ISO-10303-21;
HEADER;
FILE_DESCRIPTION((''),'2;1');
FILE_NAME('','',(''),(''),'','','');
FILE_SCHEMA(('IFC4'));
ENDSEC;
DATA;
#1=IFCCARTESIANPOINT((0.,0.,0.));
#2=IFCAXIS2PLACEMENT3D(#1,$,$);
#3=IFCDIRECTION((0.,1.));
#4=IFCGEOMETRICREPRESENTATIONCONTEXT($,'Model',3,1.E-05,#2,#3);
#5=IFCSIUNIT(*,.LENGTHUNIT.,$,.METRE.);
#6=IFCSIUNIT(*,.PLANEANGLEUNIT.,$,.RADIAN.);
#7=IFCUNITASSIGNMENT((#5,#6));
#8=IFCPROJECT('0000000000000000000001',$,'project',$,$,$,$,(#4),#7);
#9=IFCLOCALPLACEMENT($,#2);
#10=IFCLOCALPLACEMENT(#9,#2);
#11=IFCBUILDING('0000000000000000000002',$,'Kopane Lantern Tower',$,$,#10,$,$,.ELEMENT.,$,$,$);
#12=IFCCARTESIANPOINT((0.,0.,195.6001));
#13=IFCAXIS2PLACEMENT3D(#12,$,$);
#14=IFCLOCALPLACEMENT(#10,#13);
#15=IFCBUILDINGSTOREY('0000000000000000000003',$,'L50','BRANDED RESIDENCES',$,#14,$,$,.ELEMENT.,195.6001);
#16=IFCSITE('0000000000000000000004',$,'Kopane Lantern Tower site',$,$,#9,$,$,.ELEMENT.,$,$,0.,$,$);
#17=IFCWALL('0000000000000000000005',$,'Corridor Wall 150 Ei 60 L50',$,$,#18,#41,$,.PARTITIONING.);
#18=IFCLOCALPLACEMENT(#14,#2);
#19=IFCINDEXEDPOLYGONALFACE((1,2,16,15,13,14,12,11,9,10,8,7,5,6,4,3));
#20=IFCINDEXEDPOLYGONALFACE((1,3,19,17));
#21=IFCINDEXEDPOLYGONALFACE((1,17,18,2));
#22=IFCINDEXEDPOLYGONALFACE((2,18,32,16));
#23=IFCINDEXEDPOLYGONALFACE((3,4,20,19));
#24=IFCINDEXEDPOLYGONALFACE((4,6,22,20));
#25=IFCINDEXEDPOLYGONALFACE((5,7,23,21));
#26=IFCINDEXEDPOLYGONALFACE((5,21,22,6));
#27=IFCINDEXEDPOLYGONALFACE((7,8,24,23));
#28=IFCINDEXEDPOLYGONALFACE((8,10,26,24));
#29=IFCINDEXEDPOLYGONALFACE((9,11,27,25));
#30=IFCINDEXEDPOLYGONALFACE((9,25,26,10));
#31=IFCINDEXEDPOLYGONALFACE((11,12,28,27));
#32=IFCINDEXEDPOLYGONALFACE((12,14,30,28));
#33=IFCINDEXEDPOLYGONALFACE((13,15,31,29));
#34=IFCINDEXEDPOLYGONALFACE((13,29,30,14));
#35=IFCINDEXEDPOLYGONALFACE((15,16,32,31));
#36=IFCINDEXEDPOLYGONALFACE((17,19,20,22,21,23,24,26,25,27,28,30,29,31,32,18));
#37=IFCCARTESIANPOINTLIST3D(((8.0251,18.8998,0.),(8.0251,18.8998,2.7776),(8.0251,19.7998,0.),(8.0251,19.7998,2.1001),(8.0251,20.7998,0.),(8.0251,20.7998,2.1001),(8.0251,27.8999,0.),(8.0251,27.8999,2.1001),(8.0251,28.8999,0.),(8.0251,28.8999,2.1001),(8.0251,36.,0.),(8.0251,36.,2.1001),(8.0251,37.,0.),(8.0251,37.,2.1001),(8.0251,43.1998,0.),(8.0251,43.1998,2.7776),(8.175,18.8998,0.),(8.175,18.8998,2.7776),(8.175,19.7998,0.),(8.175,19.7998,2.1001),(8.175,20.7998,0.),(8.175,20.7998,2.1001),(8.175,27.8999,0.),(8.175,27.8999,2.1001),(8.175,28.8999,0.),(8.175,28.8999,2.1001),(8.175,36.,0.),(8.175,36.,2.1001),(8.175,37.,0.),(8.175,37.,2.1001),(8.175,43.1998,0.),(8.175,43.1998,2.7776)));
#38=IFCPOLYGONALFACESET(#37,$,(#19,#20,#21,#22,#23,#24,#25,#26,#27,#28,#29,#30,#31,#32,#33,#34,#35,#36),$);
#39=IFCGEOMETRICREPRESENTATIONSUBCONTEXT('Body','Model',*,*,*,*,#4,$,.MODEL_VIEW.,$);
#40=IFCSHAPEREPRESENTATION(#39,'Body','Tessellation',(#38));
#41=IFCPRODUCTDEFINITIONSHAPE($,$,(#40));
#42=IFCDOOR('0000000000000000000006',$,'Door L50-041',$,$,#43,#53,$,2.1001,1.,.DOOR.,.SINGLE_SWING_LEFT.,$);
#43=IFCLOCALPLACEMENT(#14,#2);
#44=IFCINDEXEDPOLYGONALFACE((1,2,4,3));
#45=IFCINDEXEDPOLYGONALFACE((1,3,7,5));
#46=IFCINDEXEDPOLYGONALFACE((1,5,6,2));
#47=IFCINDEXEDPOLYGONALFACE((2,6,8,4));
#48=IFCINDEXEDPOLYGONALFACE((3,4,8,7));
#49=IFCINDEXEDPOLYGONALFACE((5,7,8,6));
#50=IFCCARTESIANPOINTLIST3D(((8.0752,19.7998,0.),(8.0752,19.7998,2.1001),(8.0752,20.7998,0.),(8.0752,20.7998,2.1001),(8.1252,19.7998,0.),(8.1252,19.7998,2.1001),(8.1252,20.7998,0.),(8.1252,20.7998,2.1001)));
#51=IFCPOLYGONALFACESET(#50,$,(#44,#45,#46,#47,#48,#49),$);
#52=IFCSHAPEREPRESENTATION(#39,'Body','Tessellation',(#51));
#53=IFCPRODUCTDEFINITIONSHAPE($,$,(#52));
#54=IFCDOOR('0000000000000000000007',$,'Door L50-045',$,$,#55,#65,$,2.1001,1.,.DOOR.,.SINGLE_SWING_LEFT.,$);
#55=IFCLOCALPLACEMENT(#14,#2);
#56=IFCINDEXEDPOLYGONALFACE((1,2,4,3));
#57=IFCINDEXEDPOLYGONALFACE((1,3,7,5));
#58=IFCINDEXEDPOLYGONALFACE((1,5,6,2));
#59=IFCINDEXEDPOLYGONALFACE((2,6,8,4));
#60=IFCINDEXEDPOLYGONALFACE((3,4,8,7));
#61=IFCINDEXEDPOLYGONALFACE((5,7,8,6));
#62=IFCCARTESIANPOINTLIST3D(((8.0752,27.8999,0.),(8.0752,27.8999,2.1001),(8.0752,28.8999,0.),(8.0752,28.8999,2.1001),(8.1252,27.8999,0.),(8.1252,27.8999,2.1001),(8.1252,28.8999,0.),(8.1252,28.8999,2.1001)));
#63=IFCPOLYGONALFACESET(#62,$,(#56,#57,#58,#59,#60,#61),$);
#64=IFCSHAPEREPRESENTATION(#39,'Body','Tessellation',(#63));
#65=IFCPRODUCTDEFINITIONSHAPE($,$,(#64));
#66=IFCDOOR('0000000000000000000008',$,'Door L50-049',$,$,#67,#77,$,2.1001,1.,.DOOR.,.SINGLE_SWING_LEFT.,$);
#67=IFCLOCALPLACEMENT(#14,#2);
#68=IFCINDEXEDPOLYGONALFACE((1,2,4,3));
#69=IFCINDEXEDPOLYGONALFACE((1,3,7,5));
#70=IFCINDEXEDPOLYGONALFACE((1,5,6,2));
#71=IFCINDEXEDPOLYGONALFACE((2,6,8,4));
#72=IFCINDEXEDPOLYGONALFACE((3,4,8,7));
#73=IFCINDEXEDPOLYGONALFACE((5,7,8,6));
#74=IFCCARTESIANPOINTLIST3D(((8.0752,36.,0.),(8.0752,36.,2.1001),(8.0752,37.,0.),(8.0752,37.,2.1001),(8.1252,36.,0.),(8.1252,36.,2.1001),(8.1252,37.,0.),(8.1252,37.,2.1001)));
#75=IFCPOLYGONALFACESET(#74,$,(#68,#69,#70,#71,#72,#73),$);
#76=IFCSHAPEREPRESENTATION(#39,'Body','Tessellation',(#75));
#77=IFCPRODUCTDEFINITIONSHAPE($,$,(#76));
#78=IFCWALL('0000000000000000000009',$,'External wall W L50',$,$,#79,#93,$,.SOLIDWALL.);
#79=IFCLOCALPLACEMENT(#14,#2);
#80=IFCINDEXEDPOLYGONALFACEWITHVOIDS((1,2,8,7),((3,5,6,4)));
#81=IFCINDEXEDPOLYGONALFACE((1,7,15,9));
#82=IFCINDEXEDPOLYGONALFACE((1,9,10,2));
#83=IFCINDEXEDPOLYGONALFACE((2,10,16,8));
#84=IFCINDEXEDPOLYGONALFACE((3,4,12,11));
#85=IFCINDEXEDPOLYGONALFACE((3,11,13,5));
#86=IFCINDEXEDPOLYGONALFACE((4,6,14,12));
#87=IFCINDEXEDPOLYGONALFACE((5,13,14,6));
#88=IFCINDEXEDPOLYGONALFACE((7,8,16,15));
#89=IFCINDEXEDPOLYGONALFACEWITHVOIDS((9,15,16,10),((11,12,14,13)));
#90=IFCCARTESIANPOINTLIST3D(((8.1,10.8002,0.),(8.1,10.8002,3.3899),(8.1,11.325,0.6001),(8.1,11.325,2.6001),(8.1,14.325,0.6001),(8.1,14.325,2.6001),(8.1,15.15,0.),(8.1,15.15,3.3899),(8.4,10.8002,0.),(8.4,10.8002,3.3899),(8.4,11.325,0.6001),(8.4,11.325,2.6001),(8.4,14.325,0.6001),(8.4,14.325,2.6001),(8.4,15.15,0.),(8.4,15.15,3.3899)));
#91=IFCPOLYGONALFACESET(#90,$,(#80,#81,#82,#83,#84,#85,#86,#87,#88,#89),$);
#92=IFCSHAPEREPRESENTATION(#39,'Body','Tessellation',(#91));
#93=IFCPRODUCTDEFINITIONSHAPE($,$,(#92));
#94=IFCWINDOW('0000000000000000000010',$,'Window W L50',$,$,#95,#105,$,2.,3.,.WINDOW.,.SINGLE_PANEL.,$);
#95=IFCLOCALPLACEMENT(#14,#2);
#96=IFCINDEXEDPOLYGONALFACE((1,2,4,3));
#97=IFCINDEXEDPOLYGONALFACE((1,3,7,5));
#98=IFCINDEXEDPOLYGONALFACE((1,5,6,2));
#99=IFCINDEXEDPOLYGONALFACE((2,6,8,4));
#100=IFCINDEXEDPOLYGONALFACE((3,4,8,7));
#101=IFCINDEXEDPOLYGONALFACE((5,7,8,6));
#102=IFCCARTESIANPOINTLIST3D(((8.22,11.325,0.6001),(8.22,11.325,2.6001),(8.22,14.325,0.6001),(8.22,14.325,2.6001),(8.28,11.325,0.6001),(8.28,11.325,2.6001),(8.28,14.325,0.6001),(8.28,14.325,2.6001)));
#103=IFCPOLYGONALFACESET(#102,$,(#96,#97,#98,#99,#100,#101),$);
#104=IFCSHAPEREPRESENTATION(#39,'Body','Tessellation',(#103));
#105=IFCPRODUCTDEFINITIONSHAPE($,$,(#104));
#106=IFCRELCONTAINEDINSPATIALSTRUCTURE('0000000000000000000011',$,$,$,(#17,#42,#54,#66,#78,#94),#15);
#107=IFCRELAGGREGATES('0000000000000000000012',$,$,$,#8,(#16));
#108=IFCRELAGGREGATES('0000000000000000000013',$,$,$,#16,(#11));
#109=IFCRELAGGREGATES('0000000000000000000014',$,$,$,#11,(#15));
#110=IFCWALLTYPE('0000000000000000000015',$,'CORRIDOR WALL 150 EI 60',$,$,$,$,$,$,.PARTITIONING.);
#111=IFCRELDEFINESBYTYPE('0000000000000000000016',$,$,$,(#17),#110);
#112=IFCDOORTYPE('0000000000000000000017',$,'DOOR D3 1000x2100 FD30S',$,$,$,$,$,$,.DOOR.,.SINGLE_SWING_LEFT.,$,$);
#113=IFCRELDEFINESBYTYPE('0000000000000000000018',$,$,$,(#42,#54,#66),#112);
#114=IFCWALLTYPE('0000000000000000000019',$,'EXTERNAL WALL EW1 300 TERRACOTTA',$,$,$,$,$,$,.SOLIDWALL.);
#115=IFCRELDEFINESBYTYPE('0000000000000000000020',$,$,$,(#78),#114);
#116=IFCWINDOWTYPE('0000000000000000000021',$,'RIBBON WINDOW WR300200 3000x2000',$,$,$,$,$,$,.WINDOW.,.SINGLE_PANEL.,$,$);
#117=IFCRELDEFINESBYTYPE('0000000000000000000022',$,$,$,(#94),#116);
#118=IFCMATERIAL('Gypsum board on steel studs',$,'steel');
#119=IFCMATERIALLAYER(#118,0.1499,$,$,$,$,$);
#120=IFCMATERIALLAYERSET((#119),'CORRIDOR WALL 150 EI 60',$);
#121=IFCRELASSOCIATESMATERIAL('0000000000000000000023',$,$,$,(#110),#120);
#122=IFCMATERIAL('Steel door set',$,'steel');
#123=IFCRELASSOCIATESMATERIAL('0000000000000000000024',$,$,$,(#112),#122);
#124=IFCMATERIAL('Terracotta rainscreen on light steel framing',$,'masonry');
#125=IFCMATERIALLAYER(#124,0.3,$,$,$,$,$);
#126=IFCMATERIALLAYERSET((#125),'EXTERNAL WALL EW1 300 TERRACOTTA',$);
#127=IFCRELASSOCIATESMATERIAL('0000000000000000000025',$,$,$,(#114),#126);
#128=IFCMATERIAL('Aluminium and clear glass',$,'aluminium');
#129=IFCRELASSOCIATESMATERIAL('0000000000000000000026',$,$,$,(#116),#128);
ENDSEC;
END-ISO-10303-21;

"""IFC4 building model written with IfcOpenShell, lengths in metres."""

from ifc_helpers import new_model, si_unit, direction, frame, frame_2d, origin, place, context, subcontext, project, spatial, rectangle, extrude, material, layer, layer_set, type_object, element, fill, save


model = new_model("IFC4")

# Units and contexts
model_context = context("Model", 3, precision=1e-05, world=origin(), true_north=direction((0.0, 1.0)))
body_context = subcontext(model_context, "Body", "Model", "MODEL_VIEW")
ifc_project = project(units=[si_unit("LENGTHUNIT", "METRE"), si_unit("PLANEANGLEUNIT", "RADIAN")], contexts=[model_context])

# Site, building, storey
site_placement = place(None, origin())
site = spatial("IfcSite", under=ifc_project, at=site_placement, Name="Kopane Lantern Tower site", CompositionType="ELEMENT", RefElevation=0.0)
building_placement = place(site_placement, origin())
building = spatial("IfcBuilding", under=site, at=building_placement, Name="Kopane Lantern Tower", CompositionType="ELEMENT")
storey_placement = place(building_placement, frame((0.0, 0.0, 195.6001)))
storey = spatial("IfcBuildingStorey", under=building, at=storey_placement, Name="L50", Description="BRANDED RESIDENCES", CompositionType="ELEMENT", Elevation=195.6001)

# Wall, openings, doors
ifc_material_1 = material(Name="Gypsum board on steel studs", Category="steel")
ifc_layer_1 = layer(ifc_material_1, 0.1499)
ifc_layer_set_1 = layer_set([ifc_layer_1], Name="CORRIDOR WALL 150 EI 60")
wall_type_1 = type_object("IfcWallType", Name="CORRIDOR WALL 150 EI 60", PredefinedType="PARTITIONING", material=ifc_layer_set_1)
ifc_material_2 = material(Name="Steel door set", Category="steel")
door_type = type_object("IfcDoorType", Name="DOOR D3 1000x2100 FD30S", OperationType="SINGLE_SWING_LEFT", PredefinedType="DOOR", material=ifc_material_2)
wall_1_placement = place(storey_placement, frame((8.1001, 18.8999, 0.0), z_axis=(0.0, 0.0, 1.0), x_axis=(0.0, 1.0, 0.0)))
wall_1 = element("IfcWall", 1, at=wall_1_placement, inside=storey, type_object=wall_type_1, Name="Corridor Wall 150 Ei 60 L50", PredefinedType="PARTITIONING", context=body_context, shape_type="SweptSolid", body=[
    extrude(rectangle(XDim=24.3, YDim=0.1499, at=frame_2d((12.1499, 0.0))), origin(), (0.0, 0.0, 1.0), 2.7776),
])
opening_1_placement = place(wall_1_placement, frame((0.8999, 0.0, 0.0)))
opening_1 = element("IfcOpeningElement", 2, at=opening_1_placement, cuts=wall_1, PredefinedType="OPENING", context=body_context, shape_type="SweptSolid", body=[
    extrude(rectangle(XDim=1.0, YDim=2.1001, at=frame_2d((0.5, 1.05))), frame((0.0, 0.085, 0.0), z_axis=(0.0, -1.0, 0.0), x_axis=(1.0, 0.0, 0.0)), (0.0, 0.0, 1.0), 0.1699),
])
opening_2_placement = place(wall_1_placement, frame((9.0, 0.0, 0.0)))
opening_2 = element("IfcOpeningElement", 3, at=opening_2_placement, cuts=wall_1, PredefinedType="OPENING", context=body_context, shape_type="SweptSolid", body=[
    extrude(rectangle(XDim=1.0, YDim=2.1001, at=frame_2d((0.5, 1.05))), frame((0.0, 0.085, 0.0), z_axis=(0.0, -1.0, 0.0), x_axis=(1.0, 0.0, 0.0)), (0.0, 0.0, 1.0), 0.1699),
])
opening_3_placement = place(wall_1_placement, frame((17.1001, 0.0, 0.0)))
opening_3 = element("IfcOpeningElement", 4, at=opening_3_placement, cuts=wall_1, PredefinedType="OPENING", context=body_context, shape_type="SweptSolid", body=[
    extrude(rectangle(XDim=1.0, YDim=2.1001, at=frame_2d((0.5, 1.05))), frame((0.0, 0.085, 0.0), z_axis=(0.0, -1.0, 0.0), x_axis=(1.0, 0.0, 0.0)), (0.0, 0.0, 1.0), 0.1699),
])
door_1_placement = place(opening_1_placement, origin())
door_1 = element("IfcDoor", 5, at=door_1_placement, inside=storey, type_object=door_type, Name="Door L50-041", OperationType="SINGLE_SWING_LEFT", OverallHeight=2.1001, OverallWidth=1.0, PredefinedType="DOOR", context=body_context, shape_type="SweptSolid", body=[
    extrude(rectangle(XDim=1.0, YDim=2.1001, at=frame_2d((0.5, 1.05))), frame((0.0, 0.0249, 0.0), z_axis=(0.0, -1.0, 0.0), x_axis=(1.0, 0.0, 0.0)), (0.0, 0.0, 1.0), 0.05),
])
fill(opening_1, door_1)
door_2_placement = place(opening_2_placement, origin())
door_2 = element("IfcDoor", 6, at=door_2_placement, inside=storey, type_object=door_type, Name="Door L50-045", OperationType="SINGLE_SWING_LEFT", OverallHeight=2.1001, OverallWidth=1.0, PredefinedType="DOOR", context=body_context, shape_type="SweptSolid", body=[
    extrude(rectangle(XDim=1.0, YDim=2.1001, at=frame_2d((0.5, 1.05))), frame((0.0, 0.0249, 0.0), z_axis=(0.0, -1.0, 0.0), x_axis=(1.0, 0.0, 0.0)), (0.0, 0.0, 1.0), 0.05),
])
fill(opening_2, door_2)
door_3_placement = place(opening_3_placement, origin())
door_3 = element("IfcDoor", 7, at=door_3_placement, inside=storey, type_object=door_type, Name="Door L50-049", OperationType="SINGLE_SWING_LEFT", OverallHeight=2.1001, OverallWidth=1.0, PredefinedType="DOOR", context=body_context, shape_type="SweptSolid", body=[
    extrude(rectangle(XDim=1.0, YDim=2.1001, at=frame_2d((0.5, 1.05))), frame((0.0, 0.0249, 0.0), z_axis=(0.0, -1.0, 0.0), x_axis=(1.0, 0.0, 0.0)), (0.0, 0.0, 1.0), 0.05),
])
fill(opening_3, door_3)

# Wall, opening, window
ifc_material_3 = material(Name="Terracotta rainscreen on light steel framing", Category="masonry")
ifc_layer_2 = layer(ifc_material_3, 0.3)
ifc_layer_set_2 = layer_set([ifc_layer_2], Name="EXTERNAL WALL EW1 300 TERRACOTTA")
wall_type_2 = type_object("IfcWallType", Name="EXTERNAL WALL EW1 300 TERRACOTTA", PredefinedType="SOLIDWALL", material=ifc_layer_set_2)
wall_2_placement = place(storey_placement, frame((8.25, 15.1499, 0.0), z_axis=(0.0, 0.0, 1.0), x_axis=(0.0, -1.0, 0.0)))
wall_2 = element("IfcWall", 8, at=wall_2_placement, inside=storey, type_object=wall_type_2, Name="External wall W L50", PredefinedType="SOLIDWALL", context=body_context, shape_type="SweptSolid", body=[
    extrude(rectangle(XDim=4.3499, YDim=0.3, at=frame_2d((2.1748, 0.0))), origin(), (0.0, 0.0, 1.0), 3.3899),
])
opening_4_placement = place(wall_2_placement, frame((0.825, 0.0, 0.6001)))
opening_4 = element("IfcOpeningElement", 9, at=opening_4_placement, cuts=wall_2, PredefinedType="OPENING", context=body_context, shape_type="SweptSolid", body=[
    extrude(rectangle(XDim=3.0, YDim=2.0, at=frame_2d((1.5, 1.0))), frame((0.0, 0.1599, 0.0), z_axis=(0.0, -1.0, 0.0), x_axis=(1.0, 0.0, 0.0)), (0.0, 0.0, 1.0), 0.3201),
])
ifc_material_4 = material(Name="Aluminium and clear glass", Category="aluminium")
window_type = type_object("IfcWindowType", Name="RIBBON WINDOW WR300200 3000x2000", PartitioningType="SINGLE_PANEL", PredefinedType="WINDOW", material=ifc_material_4)
window_placement = place(opening_4_placement, origin())
window = element("IfcWindow", 10, at=window_placement, inside=storey, type_object=window_type, Name="Window W L50", OverallHeight=2.0, OverallWidth=3.0, PartitioningType="SINGLE_PANEL", PredefinedType="WINDOW", context=body_context, shape_type="SweptSolid", body=[
    extrude(rectangle(XDim=3.0, YDim=2.0, at=frame_2d((1.5, 1.0))), frame((0.0, 0.03, 0.0), z_axis=(0.0, -1.0, 0.0), x_axis=(1.0, 0.0, 0.0)), (0.0, 0.0, 1.0), 0.0601),
])
fill(opening_4, window)

save(model, "model.ifc")
